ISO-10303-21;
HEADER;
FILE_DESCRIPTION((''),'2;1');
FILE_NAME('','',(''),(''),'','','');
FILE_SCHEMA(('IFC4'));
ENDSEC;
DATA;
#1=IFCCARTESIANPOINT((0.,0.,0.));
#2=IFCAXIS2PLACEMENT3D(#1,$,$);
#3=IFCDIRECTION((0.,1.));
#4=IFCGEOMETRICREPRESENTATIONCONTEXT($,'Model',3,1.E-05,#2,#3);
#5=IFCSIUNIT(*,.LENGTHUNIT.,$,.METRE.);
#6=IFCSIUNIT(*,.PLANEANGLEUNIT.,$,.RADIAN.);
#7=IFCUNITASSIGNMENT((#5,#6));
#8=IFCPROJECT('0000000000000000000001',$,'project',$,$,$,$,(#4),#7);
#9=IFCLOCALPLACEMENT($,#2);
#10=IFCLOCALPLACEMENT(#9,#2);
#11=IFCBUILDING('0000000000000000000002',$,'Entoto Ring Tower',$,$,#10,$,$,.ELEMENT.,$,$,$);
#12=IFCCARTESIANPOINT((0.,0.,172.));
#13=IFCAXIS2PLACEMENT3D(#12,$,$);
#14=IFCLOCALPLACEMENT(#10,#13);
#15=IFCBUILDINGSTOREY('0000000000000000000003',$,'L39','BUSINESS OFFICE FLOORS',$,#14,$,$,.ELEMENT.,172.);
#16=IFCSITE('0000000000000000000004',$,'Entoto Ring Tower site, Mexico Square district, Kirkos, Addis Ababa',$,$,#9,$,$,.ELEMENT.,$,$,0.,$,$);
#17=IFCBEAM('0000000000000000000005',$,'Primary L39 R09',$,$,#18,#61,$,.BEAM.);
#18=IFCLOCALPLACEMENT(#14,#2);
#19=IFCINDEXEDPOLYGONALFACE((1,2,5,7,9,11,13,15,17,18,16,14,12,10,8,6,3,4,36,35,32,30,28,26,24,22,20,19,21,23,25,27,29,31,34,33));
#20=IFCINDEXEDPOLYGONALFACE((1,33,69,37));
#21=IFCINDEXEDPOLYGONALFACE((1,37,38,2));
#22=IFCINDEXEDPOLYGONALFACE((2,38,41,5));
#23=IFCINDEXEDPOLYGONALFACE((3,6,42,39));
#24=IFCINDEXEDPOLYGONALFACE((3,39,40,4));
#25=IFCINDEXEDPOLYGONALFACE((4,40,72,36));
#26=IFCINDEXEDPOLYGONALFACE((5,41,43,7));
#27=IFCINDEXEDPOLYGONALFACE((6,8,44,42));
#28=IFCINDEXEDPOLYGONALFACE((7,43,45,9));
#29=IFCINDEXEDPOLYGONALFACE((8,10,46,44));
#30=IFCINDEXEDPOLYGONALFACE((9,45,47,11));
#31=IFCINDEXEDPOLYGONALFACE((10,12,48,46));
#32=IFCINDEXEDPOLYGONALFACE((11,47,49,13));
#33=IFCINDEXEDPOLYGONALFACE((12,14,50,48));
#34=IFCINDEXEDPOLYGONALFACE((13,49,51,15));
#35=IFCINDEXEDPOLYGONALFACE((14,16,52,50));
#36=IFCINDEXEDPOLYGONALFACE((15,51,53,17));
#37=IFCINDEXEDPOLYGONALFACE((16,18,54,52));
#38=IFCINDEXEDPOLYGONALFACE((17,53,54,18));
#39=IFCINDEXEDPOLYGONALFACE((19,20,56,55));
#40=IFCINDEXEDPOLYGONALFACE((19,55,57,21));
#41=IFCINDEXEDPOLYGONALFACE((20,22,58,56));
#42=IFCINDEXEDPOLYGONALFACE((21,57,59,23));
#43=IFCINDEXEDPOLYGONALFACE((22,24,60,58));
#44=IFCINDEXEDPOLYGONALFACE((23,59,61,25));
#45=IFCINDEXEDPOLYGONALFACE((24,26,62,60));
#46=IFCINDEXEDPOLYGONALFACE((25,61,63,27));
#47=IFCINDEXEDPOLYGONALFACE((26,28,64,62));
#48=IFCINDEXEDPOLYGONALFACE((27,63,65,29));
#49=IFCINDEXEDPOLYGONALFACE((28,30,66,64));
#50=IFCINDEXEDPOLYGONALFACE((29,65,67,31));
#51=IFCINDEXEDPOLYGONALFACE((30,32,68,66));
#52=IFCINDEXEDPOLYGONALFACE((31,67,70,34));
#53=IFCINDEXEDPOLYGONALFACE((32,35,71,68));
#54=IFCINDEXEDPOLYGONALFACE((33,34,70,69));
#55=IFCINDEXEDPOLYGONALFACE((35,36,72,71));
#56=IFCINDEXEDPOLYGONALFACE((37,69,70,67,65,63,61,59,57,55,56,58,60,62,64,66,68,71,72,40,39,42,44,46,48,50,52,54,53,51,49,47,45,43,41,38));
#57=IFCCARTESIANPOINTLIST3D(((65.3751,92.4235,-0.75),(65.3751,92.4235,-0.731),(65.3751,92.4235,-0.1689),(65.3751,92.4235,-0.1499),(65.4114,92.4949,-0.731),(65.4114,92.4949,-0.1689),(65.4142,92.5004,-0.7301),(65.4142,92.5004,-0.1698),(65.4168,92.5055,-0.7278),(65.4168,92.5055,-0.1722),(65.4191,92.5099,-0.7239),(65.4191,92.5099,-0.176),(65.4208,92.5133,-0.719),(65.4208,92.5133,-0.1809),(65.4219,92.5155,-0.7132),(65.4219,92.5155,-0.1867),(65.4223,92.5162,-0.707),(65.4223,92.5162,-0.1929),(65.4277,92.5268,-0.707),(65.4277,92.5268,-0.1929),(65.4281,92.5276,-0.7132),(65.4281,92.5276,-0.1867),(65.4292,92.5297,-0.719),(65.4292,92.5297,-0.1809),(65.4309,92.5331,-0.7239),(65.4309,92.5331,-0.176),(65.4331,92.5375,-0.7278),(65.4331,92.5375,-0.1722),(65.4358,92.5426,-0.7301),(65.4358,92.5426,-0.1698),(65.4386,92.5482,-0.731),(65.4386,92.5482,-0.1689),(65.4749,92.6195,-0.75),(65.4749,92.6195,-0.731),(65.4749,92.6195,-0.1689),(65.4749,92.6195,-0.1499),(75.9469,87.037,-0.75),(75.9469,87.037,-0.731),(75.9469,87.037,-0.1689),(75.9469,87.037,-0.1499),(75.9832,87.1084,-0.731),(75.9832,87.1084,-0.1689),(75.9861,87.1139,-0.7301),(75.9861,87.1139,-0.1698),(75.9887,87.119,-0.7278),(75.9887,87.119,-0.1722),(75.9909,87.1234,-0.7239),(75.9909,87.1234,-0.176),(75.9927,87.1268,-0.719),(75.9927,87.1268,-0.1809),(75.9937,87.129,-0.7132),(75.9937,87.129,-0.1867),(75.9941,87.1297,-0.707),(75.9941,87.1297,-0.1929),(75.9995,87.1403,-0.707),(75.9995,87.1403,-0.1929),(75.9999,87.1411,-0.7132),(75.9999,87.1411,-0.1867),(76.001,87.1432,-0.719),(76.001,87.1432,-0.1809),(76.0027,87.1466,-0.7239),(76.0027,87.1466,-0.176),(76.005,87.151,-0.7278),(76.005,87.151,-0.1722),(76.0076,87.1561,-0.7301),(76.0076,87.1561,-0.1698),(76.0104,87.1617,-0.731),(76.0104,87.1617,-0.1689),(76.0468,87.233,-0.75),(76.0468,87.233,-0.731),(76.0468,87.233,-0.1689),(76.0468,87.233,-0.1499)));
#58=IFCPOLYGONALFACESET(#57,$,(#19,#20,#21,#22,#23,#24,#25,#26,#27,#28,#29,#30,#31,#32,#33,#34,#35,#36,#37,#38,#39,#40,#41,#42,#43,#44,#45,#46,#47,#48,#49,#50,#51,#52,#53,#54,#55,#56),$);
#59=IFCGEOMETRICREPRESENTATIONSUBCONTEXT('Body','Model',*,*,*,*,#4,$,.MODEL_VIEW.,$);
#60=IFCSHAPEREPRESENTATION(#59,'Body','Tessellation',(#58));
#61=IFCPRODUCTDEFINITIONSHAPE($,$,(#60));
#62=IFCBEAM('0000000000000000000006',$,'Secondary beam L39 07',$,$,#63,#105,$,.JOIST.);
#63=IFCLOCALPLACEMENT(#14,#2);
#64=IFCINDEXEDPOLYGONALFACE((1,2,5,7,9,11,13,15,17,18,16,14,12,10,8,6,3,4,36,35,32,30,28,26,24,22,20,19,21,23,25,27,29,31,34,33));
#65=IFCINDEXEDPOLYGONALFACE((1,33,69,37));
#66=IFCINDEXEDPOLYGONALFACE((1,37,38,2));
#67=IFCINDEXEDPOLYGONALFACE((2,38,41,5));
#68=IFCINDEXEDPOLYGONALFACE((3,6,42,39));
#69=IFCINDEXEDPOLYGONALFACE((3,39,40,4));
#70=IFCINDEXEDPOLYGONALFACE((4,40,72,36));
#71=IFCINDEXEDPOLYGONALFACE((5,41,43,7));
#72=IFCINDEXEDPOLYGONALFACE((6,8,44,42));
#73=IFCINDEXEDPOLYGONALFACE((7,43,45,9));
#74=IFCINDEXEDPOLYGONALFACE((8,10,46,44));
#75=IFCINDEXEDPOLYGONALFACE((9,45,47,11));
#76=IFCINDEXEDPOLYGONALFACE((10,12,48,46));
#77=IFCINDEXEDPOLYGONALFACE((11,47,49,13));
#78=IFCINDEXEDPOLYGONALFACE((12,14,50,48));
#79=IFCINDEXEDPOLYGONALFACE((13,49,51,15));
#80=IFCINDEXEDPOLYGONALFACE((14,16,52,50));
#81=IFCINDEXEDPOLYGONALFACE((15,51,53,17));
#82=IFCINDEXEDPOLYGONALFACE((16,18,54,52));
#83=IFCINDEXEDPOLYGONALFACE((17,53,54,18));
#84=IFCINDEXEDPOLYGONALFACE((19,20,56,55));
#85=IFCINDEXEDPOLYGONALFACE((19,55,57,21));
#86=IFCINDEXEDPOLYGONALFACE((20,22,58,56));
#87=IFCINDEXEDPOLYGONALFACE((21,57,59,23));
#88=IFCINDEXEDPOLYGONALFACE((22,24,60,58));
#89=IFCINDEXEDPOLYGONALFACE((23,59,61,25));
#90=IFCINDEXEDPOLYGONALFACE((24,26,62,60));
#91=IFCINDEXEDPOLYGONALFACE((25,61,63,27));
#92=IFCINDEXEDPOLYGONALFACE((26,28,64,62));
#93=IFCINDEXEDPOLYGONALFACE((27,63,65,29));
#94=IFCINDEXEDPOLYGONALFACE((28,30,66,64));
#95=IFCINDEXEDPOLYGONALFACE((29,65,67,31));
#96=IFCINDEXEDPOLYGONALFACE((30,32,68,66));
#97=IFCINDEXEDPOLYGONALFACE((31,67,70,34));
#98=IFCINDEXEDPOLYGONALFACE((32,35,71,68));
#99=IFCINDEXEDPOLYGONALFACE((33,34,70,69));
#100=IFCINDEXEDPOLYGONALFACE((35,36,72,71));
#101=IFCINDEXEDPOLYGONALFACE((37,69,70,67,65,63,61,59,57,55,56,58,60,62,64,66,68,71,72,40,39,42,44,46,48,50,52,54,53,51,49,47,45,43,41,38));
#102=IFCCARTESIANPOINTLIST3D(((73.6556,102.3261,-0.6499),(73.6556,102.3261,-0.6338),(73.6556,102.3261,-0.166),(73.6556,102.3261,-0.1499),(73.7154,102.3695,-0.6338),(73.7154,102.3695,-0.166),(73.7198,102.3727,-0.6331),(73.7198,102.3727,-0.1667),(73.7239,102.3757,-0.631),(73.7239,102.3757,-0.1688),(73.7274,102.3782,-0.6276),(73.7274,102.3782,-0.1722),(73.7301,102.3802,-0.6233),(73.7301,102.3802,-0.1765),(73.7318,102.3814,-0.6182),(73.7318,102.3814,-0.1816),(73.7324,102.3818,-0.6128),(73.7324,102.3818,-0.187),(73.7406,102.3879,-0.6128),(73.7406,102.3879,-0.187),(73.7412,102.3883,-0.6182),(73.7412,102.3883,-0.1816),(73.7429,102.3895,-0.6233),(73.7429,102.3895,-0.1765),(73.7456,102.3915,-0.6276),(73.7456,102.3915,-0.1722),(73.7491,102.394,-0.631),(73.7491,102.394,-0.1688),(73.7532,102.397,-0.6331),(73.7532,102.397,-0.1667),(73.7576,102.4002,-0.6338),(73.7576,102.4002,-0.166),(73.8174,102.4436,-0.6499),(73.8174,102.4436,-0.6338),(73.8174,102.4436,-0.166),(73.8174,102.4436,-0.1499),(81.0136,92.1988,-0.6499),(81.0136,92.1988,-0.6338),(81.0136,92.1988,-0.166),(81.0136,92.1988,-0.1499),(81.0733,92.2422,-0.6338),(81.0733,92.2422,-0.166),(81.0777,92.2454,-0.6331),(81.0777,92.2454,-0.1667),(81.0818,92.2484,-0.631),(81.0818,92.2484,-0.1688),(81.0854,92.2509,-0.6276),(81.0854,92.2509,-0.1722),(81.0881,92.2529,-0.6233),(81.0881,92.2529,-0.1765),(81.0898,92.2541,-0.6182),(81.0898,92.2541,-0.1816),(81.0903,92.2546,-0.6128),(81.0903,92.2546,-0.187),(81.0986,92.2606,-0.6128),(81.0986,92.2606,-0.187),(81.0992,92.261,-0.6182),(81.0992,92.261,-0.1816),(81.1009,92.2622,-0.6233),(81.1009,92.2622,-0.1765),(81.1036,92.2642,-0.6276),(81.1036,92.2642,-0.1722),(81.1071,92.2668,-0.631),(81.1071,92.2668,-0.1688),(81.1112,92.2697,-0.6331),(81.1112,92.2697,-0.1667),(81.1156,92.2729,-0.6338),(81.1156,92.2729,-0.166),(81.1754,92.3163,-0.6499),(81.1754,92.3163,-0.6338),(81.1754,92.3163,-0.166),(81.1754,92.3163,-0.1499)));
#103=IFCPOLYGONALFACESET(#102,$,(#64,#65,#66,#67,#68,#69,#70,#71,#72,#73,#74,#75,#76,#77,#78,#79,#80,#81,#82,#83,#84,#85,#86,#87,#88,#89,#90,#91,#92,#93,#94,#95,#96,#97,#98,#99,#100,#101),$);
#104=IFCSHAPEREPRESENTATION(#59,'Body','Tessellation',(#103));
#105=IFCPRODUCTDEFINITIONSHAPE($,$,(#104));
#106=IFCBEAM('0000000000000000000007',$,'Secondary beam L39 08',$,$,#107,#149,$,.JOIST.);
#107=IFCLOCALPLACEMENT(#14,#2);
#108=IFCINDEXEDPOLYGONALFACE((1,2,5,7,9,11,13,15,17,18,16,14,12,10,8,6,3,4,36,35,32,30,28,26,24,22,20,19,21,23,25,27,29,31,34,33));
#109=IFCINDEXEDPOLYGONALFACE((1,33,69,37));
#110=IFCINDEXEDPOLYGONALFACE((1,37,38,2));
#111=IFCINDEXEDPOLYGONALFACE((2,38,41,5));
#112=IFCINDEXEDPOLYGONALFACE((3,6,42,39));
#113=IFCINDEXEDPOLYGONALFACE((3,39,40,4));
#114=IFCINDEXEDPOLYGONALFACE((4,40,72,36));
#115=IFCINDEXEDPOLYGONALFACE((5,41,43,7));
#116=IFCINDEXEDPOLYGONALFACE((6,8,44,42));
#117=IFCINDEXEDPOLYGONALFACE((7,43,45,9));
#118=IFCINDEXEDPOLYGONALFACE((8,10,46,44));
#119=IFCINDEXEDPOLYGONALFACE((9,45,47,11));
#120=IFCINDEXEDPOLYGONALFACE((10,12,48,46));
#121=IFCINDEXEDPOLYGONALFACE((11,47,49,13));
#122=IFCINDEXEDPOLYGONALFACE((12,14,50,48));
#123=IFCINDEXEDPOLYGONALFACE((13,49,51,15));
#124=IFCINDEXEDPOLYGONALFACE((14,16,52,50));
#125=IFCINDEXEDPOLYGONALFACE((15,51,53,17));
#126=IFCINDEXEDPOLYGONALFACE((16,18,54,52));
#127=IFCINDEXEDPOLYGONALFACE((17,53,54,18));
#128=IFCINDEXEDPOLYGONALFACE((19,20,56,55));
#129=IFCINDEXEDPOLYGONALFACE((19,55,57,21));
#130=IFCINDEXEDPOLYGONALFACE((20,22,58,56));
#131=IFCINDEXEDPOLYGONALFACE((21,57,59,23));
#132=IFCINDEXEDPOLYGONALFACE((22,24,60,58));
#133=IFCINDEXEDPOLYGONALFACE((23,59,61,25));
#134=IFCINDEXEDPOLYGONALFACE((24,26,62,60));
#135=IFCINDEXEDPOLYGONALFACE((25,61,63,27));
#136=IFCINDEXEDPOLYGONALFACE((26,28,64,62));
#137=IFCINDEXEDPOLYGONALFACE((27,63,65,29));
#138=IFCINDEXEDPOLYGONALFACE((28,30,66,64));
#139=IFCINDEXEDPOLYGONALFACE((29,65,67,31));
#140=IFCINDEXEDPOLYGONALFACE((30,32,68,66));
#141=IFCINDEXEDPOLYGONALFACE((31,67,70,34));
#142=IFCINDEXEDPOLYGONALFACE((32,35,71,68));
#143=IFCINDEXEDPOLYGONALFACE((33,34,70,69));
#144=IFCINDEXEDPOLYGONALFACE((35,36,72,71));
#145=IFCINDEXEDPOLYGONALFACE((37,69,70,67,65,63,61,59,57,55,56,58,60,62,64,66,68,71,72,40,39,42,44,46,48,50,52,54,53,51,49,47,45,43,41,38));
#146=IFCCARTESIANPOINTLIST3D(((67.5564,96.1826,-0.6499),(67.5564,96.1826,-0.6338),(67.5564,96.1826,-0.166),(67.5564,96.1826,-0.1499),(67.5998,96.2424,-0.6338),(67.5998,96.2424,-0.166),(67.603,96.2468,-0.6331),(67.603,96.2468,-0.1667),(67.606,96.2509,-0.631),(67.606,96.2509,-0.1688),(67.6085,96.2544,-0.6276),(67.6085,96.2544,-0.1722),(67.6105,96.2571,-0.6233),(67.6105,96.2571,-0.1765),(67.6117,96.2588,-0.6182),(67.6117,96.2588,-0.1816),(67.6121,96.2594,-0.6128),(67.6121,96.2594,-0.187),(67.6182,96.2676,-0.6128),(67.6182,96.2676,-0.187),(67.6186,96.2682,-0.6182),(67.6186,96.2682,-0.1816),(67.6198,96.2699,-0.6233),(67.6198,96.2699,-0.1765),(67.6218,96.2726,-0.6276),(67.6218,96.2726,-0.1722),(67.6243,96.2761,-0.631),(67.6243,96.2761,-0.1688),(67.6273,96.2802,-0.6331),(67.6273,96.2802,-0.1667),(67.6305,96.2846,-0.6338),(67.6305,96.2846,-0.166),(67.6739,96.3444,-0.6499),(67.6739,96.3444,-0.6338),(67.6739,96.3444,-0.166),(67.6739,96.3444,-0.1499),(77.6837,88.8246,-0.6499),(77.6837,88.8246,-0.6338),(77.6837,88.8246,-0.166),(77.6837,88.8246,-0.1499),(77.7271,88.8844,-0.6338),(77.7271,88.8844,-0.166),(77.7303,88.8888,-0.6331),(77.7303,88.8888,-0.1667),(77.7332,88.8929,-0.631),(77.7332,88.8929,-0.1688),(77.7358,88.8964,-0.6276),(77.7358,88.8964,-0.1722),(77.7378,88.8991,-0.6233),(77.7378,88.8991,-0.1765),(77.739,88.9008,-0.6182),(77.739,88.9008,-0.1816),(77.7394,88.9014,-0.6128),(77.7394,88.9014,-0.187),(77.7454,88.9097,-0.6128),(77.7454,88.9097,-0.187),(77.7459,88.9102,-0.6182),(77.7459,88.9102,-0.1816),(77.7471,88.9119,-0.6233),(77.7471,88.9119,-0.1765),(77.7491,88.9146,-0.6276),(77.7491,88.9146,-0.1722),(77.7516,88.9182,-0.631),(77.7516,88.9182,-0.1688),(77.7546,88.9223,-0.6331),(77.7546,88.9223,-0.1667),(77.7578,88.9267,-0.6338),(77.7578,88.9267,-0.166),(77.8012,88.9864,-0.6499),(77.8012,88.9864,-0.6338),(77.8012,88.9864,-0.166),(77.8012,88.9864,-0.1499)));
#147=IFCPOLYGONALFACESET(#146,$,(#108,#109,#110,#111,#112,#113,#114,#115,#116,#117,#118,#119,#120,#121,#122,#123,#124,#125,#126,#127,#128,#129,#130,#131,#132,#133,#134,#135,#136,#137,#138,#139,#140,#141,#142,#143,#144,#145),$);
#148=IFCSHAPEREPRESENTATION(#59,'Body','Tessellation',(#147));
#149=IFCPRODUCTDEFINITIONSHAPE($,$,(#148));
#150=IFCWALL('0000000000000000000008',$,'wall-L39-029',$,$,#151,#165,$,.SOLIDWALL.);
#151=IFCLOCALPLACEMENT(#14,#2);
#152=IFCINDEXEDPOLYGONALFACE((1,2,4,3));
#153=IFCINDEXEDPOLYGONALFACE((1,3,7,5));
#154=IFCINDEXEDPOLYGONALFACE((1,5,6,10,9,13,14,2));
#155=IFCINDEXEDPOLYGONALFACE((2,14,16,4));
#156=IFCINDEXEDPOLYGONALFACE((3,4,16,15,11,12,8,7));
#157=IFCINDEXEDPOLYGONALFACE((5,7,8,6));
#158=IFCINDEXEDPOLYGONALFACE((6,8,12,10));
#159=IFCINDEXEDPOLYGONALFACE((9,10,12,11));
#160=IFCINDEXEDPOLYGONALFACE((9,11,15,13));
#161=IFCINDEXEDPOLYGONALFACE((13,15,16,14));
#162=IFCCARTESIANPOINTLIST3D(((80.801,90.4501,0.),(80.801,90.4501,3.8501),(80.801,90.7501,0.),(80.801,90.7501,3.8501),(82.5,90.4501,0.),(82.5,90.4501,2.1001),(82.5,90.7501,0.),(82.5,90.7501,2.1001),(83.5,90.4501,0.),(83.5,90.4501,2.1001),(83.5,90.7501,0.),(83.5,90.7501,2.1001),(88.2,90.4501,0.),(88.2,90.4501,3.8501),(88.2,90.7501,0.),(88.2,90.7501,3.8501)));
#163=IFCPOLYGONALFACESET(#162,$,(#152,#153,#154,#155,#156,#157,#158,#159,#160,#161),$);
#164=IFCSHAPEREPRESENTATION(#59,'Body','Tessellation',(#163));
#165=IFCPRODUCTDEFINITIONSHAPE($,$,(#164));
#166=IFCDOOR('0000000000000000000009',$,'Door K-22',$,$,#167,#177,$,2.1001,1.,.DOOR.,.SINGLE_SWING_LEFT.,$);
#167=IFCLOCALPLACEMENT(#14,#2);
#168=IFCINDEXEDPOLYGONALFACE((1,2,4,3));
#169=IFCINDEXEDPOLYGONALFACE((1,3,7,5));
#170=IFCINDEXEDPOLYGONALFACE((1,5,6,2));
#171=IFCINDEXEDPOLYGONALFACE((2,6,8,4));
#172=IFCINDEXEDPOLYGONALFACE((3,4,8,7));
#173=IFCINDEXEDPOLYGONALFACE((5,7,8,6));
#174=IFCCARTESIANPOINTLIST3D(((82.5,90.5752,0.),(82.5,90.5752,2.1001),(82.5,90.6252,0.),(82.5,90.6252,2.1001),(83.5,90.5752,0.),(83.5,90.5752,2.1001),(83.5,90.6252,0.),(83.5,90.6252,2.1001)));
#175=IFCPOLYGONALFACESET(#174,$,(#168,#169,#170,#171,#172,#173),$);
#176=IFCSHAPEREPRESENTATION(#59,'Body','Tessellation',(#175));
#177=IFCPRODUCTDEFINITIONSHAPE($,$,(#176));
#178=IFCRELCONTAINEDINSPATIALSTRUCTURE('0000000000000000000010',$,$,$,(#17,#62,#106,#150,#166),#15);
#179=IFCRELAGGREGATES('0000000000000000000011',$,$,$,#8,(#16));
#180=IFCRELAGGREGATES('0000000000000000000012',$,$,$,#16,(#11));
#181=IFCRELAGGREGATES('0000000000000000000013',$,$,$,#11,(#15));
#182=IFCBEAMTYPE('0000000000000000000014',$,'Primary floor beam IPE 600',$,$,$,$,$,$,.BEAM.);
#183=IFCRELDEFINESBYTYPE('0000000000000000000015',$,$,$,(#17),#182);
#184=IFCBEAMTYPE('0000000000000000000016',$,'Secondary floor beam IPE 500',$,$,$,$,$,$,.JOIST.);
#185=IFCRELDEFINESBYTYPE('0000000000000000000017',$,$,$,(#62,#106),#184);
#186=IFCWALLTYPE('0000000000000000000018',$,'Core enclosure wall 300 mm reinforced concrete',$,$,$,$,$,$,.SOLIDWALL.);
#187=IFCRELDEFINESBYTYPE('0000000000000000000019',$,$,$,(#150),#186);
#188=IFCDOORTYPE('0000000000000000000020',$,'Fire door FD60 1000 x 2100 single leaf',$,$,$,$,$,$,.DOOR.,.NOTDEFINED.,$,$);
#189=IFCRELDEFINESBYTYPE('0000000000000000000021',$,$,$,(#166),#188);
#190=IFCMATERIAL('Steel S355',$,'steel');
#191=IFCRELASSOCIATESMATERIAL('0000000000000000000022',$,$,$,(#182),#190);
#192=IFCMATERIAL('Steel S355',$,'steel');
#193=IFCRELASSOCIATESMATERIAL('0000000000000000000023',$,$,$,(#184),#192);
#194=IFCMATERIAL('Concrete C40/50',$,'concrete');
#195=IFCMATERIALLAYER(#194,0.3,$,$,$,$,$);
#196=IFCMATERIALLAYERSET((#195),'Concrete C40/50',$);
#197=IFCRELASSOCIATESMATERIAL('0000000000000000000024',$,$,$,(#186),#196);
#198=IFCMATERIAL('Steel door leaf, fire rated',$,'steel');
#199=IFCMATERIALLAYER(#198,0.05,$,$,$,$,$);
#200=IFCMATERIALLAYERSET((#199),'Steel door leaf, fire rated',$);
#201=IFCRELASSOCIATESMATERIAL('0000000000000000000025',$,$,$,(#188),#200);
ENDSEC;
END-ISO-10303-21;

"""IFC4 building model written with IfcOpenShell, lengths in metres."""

from ifc_helpers import new_model, si_unit, direction, frame, frame_2d, origin, origin_2d, place, context, subcontext, project, spatial, rectangle, i_section, extrude, material, layer, layer_set, material_profile, profile_set, type_object, element, fill, save


model = new_model("IFC4")

# Units and contexts
model_context = context("Model", 3, precision=1e-05, world=origin(), true_north=direction((0.0, 1.0)))
body_context = subcontext(model_context, "Body", "Model", "MODEL_VIEW")
ifc_project = project(units=[si_unit("LENGTHUNIT", "METRE"), si_unit("PLANEANGLEUNIT", "RADIAN")], contexts=[model_context])

# Site, building, storey
site_placement = place(None, origin())
site = spatial("IfcSite", under=ifc_project, at=site_placement, Name="Entoto Ring Tower site, Mexico Square district, Kirkos, Addis Ababa", CompositionType="ELEMENT", RefElevation=0.0)
building_placement = place(site_placement, origin())
building = spatial("IfcBuilding", under=site, at=building_placement, Name="Entoto Ring Tower", CompositionType="ELEMENT")
storey_placement = place(building_placement, frame((0.0, 0.0, 172.0)))
storey = spatial("IfcBuildingStorey", under=building, at=storey_placement, Name="L39", Description="BUSINESS OFFICE FLOORS", CompositionType="ELEMENT", Elevation=172.0)

# Beams
ifc_material_1 = material(Name="Steel S355", Category="steel")
ifc_material_profile_1 = material_profile(ifc_material_1, i_section(OverallWidth=0.22, OverallDepth=0.6001, WebThickness=0.012, FlangeThickness=0.019, FilletRadius=0.0239, at=origin_2d()), Name="IPE 600")
ifc_profile_set_1 = profile_set([ifc_material_profile_1], Name="Steel S355")
beam_type_1 = type_object("IfcBeamType", Name="Primary floor beam IPE 600", PredefinedType="BEAM", material=ifc_profile_set_1)
beam_1_placement = place(storey_placement, frame((75.9968, 87.135, -0.45), z_axis=(-0.89101, 0.453983, 0.0), x_axis=(-0.453983, -0.89101, 0.0)))
element("IfcBeam", 1, at=beam_1_placement, inside=storey, type_object=beam_type_1, Name="Primary L39 R09", PredefinedType="BEAM", context=body_context, shape_type="SweptSolid", body=[
    extrude(i_section(OverallWidth=0.22, OverallDepth=0.6001, WebThickness=0.012, FlangeThickness=0.019, FilletRadius=0.0239, at=origin_2d()), origin(), (0.0, 0.0, 1.0), 11.865),
])
ifc_material_2 = material(Name="Steel S355", Category="steel")
ifc_material_profile_2 = material_profile(ifc_material_2, i_section(OverallWidth=0.2, OverallDepth=0.5, WebThickness=0.0103, FlangeThickness=0.0161, FilletRadius=0.021, at=origin_2d()), Name="IPE 500")
ifc_profile_set_2 = profile_set([ifc_material_profile_2], Name="Steel S355")
beam_type_2 = type_object("IfcBeamType", Name="Secondary floor beam IPE 500", PredefinedType="JOIST", material=ifc_profile_set_2)
for number, where, z_axis, x_axis, name in (
    (2, (81.0945, 92.2576, -0.3999), (-0.587789, 0.809014, 0.0), (-0.809014, -0.587789, 0.0), "Secondary beam L39 07"),
    (3, (77.7424, 88.9055, -0.3999), (-0.809014, 0.587789, 0.0), (-0.587789, -0.809014, 0.0), "Secondary beam L39 08"),
):
    element("IfcBeam", number, at=place(storey_placement, frame(where, z_axis=z_axis, x_axis=x_axis)), inside=storey, type_object=beam_type_2, Name=name, PredefinedType="JOIST", context=body_context, shape_type="SweptSolid", body=[
        extrude(i_section(OverallWidth=0.2, OverallDepth=0.5, WebThickness=0.0103, FlangeThickness=0.0161, FilletRadius=0.021, at=origin_2d()), origin(), (0.0, 0.0, 1.0), 12.5181),
    ])

# Wall, opening, door
ifc_material_3 = material(Name="Concrete C40/50", Category="concrete")
ifc_layer_1 = layer(ifc_material_3, 0.3)
ifc_layer_set_1 = layer_set([ifc_layer_1], Name="Concrete C40/50")
wall_type_1 = type_object("IfcWallType", Name="Core enclosure wall 300 mm reinforced concrete", PredefinedType="SOLIDWALL", material=ifc_layer_set_1)
wall_1_placement = place(storey_placement, frame((80.801, 90.6001, 0.0), z_axis=(0.0, 0.0, 1.0), x_axis=(1.0, 0.0, 0.0)))
wall_1 = element("IfcWall", 4, at=wall_1_placement, inside=storey, type_object=wall_type_1, Name="wall-L39-029", PredefinedType="SOLIDWALL", context=body_context, shape_type="SweptSolid", body=[
    extrude(rectangle(XDim=7.3989, YDim=0.3, at=frame_2d((3.6995, 0.0))), origin(), (0.0, 0.0, 1.0), 3.8501),
])
opening_1_placement = place(wall_1_placement, frame((1.699, 0.0, 0.0)))
opening_1 = element("IfcOpeningElement", 5, at=opening_1_placement, cuts=wall_1, PredefinedType="OPENING", context=body_context, shape_type="SweptSolid", body=[
    extrude(rectangle(XDim=1.0, YDim=2.1001, at=frame_2d((0.5, 1.05))), frame((0.0, 0.1602, 0.0), z_axis=(0.0, -1.0, 0.0), x_axis=(1.0, 0.0, 0.0)), (0.0, 0.0, 1.0), 0.3201),
])
ifc_material_4 = material(Name="Steel door leaf, fire rated", Category="steel")
ifc_layer_2 = layer(ifc_material_4, 0.05)
ifc_layer_set_2 = layer_set([ifc_layer_2], Name="Steel door leaf, fire rated")
door_type_1 = type_object("IfcDoorType", Name="Fire door FD60 1000 x 2100 single leaf", OperationType="NOTDEFINED", PredefinedType="DOOR", material=ifc_layer_set_2)
door_1_placement = place(opening_1_placement, frame((1.0, 0.0, 0.0), z_axis=(0.0, 0.0, 1.0), x_axis=(-1.0, 0.0, 0.0)))
door_1 = element("IfcDoor", 6, at=door_1_placement, inside=storey, type_object=door_type_1, Name="Door K-22", OperationType="SINGLE_SWING_LEFT", OverallHeight=2.1001, OverallWidth=1.0, PredefinedType="DOOR", context=body_context, shape_type="SweptSolid", body=[
    extrude(rectangle(XDim=1.0, YDim=2.1001, at=frame_2d((0.5, 1.05))), frame((0.0, 0.0249, 0.0), z_axis=(0.0, -1.0, 0.0), x_axis=(1.0, 0.0, 0.0)), (0.0, 0.0, 1.0), 0.05),
])
fill(opening_1, door_1)

save(model, "model.ifc")
